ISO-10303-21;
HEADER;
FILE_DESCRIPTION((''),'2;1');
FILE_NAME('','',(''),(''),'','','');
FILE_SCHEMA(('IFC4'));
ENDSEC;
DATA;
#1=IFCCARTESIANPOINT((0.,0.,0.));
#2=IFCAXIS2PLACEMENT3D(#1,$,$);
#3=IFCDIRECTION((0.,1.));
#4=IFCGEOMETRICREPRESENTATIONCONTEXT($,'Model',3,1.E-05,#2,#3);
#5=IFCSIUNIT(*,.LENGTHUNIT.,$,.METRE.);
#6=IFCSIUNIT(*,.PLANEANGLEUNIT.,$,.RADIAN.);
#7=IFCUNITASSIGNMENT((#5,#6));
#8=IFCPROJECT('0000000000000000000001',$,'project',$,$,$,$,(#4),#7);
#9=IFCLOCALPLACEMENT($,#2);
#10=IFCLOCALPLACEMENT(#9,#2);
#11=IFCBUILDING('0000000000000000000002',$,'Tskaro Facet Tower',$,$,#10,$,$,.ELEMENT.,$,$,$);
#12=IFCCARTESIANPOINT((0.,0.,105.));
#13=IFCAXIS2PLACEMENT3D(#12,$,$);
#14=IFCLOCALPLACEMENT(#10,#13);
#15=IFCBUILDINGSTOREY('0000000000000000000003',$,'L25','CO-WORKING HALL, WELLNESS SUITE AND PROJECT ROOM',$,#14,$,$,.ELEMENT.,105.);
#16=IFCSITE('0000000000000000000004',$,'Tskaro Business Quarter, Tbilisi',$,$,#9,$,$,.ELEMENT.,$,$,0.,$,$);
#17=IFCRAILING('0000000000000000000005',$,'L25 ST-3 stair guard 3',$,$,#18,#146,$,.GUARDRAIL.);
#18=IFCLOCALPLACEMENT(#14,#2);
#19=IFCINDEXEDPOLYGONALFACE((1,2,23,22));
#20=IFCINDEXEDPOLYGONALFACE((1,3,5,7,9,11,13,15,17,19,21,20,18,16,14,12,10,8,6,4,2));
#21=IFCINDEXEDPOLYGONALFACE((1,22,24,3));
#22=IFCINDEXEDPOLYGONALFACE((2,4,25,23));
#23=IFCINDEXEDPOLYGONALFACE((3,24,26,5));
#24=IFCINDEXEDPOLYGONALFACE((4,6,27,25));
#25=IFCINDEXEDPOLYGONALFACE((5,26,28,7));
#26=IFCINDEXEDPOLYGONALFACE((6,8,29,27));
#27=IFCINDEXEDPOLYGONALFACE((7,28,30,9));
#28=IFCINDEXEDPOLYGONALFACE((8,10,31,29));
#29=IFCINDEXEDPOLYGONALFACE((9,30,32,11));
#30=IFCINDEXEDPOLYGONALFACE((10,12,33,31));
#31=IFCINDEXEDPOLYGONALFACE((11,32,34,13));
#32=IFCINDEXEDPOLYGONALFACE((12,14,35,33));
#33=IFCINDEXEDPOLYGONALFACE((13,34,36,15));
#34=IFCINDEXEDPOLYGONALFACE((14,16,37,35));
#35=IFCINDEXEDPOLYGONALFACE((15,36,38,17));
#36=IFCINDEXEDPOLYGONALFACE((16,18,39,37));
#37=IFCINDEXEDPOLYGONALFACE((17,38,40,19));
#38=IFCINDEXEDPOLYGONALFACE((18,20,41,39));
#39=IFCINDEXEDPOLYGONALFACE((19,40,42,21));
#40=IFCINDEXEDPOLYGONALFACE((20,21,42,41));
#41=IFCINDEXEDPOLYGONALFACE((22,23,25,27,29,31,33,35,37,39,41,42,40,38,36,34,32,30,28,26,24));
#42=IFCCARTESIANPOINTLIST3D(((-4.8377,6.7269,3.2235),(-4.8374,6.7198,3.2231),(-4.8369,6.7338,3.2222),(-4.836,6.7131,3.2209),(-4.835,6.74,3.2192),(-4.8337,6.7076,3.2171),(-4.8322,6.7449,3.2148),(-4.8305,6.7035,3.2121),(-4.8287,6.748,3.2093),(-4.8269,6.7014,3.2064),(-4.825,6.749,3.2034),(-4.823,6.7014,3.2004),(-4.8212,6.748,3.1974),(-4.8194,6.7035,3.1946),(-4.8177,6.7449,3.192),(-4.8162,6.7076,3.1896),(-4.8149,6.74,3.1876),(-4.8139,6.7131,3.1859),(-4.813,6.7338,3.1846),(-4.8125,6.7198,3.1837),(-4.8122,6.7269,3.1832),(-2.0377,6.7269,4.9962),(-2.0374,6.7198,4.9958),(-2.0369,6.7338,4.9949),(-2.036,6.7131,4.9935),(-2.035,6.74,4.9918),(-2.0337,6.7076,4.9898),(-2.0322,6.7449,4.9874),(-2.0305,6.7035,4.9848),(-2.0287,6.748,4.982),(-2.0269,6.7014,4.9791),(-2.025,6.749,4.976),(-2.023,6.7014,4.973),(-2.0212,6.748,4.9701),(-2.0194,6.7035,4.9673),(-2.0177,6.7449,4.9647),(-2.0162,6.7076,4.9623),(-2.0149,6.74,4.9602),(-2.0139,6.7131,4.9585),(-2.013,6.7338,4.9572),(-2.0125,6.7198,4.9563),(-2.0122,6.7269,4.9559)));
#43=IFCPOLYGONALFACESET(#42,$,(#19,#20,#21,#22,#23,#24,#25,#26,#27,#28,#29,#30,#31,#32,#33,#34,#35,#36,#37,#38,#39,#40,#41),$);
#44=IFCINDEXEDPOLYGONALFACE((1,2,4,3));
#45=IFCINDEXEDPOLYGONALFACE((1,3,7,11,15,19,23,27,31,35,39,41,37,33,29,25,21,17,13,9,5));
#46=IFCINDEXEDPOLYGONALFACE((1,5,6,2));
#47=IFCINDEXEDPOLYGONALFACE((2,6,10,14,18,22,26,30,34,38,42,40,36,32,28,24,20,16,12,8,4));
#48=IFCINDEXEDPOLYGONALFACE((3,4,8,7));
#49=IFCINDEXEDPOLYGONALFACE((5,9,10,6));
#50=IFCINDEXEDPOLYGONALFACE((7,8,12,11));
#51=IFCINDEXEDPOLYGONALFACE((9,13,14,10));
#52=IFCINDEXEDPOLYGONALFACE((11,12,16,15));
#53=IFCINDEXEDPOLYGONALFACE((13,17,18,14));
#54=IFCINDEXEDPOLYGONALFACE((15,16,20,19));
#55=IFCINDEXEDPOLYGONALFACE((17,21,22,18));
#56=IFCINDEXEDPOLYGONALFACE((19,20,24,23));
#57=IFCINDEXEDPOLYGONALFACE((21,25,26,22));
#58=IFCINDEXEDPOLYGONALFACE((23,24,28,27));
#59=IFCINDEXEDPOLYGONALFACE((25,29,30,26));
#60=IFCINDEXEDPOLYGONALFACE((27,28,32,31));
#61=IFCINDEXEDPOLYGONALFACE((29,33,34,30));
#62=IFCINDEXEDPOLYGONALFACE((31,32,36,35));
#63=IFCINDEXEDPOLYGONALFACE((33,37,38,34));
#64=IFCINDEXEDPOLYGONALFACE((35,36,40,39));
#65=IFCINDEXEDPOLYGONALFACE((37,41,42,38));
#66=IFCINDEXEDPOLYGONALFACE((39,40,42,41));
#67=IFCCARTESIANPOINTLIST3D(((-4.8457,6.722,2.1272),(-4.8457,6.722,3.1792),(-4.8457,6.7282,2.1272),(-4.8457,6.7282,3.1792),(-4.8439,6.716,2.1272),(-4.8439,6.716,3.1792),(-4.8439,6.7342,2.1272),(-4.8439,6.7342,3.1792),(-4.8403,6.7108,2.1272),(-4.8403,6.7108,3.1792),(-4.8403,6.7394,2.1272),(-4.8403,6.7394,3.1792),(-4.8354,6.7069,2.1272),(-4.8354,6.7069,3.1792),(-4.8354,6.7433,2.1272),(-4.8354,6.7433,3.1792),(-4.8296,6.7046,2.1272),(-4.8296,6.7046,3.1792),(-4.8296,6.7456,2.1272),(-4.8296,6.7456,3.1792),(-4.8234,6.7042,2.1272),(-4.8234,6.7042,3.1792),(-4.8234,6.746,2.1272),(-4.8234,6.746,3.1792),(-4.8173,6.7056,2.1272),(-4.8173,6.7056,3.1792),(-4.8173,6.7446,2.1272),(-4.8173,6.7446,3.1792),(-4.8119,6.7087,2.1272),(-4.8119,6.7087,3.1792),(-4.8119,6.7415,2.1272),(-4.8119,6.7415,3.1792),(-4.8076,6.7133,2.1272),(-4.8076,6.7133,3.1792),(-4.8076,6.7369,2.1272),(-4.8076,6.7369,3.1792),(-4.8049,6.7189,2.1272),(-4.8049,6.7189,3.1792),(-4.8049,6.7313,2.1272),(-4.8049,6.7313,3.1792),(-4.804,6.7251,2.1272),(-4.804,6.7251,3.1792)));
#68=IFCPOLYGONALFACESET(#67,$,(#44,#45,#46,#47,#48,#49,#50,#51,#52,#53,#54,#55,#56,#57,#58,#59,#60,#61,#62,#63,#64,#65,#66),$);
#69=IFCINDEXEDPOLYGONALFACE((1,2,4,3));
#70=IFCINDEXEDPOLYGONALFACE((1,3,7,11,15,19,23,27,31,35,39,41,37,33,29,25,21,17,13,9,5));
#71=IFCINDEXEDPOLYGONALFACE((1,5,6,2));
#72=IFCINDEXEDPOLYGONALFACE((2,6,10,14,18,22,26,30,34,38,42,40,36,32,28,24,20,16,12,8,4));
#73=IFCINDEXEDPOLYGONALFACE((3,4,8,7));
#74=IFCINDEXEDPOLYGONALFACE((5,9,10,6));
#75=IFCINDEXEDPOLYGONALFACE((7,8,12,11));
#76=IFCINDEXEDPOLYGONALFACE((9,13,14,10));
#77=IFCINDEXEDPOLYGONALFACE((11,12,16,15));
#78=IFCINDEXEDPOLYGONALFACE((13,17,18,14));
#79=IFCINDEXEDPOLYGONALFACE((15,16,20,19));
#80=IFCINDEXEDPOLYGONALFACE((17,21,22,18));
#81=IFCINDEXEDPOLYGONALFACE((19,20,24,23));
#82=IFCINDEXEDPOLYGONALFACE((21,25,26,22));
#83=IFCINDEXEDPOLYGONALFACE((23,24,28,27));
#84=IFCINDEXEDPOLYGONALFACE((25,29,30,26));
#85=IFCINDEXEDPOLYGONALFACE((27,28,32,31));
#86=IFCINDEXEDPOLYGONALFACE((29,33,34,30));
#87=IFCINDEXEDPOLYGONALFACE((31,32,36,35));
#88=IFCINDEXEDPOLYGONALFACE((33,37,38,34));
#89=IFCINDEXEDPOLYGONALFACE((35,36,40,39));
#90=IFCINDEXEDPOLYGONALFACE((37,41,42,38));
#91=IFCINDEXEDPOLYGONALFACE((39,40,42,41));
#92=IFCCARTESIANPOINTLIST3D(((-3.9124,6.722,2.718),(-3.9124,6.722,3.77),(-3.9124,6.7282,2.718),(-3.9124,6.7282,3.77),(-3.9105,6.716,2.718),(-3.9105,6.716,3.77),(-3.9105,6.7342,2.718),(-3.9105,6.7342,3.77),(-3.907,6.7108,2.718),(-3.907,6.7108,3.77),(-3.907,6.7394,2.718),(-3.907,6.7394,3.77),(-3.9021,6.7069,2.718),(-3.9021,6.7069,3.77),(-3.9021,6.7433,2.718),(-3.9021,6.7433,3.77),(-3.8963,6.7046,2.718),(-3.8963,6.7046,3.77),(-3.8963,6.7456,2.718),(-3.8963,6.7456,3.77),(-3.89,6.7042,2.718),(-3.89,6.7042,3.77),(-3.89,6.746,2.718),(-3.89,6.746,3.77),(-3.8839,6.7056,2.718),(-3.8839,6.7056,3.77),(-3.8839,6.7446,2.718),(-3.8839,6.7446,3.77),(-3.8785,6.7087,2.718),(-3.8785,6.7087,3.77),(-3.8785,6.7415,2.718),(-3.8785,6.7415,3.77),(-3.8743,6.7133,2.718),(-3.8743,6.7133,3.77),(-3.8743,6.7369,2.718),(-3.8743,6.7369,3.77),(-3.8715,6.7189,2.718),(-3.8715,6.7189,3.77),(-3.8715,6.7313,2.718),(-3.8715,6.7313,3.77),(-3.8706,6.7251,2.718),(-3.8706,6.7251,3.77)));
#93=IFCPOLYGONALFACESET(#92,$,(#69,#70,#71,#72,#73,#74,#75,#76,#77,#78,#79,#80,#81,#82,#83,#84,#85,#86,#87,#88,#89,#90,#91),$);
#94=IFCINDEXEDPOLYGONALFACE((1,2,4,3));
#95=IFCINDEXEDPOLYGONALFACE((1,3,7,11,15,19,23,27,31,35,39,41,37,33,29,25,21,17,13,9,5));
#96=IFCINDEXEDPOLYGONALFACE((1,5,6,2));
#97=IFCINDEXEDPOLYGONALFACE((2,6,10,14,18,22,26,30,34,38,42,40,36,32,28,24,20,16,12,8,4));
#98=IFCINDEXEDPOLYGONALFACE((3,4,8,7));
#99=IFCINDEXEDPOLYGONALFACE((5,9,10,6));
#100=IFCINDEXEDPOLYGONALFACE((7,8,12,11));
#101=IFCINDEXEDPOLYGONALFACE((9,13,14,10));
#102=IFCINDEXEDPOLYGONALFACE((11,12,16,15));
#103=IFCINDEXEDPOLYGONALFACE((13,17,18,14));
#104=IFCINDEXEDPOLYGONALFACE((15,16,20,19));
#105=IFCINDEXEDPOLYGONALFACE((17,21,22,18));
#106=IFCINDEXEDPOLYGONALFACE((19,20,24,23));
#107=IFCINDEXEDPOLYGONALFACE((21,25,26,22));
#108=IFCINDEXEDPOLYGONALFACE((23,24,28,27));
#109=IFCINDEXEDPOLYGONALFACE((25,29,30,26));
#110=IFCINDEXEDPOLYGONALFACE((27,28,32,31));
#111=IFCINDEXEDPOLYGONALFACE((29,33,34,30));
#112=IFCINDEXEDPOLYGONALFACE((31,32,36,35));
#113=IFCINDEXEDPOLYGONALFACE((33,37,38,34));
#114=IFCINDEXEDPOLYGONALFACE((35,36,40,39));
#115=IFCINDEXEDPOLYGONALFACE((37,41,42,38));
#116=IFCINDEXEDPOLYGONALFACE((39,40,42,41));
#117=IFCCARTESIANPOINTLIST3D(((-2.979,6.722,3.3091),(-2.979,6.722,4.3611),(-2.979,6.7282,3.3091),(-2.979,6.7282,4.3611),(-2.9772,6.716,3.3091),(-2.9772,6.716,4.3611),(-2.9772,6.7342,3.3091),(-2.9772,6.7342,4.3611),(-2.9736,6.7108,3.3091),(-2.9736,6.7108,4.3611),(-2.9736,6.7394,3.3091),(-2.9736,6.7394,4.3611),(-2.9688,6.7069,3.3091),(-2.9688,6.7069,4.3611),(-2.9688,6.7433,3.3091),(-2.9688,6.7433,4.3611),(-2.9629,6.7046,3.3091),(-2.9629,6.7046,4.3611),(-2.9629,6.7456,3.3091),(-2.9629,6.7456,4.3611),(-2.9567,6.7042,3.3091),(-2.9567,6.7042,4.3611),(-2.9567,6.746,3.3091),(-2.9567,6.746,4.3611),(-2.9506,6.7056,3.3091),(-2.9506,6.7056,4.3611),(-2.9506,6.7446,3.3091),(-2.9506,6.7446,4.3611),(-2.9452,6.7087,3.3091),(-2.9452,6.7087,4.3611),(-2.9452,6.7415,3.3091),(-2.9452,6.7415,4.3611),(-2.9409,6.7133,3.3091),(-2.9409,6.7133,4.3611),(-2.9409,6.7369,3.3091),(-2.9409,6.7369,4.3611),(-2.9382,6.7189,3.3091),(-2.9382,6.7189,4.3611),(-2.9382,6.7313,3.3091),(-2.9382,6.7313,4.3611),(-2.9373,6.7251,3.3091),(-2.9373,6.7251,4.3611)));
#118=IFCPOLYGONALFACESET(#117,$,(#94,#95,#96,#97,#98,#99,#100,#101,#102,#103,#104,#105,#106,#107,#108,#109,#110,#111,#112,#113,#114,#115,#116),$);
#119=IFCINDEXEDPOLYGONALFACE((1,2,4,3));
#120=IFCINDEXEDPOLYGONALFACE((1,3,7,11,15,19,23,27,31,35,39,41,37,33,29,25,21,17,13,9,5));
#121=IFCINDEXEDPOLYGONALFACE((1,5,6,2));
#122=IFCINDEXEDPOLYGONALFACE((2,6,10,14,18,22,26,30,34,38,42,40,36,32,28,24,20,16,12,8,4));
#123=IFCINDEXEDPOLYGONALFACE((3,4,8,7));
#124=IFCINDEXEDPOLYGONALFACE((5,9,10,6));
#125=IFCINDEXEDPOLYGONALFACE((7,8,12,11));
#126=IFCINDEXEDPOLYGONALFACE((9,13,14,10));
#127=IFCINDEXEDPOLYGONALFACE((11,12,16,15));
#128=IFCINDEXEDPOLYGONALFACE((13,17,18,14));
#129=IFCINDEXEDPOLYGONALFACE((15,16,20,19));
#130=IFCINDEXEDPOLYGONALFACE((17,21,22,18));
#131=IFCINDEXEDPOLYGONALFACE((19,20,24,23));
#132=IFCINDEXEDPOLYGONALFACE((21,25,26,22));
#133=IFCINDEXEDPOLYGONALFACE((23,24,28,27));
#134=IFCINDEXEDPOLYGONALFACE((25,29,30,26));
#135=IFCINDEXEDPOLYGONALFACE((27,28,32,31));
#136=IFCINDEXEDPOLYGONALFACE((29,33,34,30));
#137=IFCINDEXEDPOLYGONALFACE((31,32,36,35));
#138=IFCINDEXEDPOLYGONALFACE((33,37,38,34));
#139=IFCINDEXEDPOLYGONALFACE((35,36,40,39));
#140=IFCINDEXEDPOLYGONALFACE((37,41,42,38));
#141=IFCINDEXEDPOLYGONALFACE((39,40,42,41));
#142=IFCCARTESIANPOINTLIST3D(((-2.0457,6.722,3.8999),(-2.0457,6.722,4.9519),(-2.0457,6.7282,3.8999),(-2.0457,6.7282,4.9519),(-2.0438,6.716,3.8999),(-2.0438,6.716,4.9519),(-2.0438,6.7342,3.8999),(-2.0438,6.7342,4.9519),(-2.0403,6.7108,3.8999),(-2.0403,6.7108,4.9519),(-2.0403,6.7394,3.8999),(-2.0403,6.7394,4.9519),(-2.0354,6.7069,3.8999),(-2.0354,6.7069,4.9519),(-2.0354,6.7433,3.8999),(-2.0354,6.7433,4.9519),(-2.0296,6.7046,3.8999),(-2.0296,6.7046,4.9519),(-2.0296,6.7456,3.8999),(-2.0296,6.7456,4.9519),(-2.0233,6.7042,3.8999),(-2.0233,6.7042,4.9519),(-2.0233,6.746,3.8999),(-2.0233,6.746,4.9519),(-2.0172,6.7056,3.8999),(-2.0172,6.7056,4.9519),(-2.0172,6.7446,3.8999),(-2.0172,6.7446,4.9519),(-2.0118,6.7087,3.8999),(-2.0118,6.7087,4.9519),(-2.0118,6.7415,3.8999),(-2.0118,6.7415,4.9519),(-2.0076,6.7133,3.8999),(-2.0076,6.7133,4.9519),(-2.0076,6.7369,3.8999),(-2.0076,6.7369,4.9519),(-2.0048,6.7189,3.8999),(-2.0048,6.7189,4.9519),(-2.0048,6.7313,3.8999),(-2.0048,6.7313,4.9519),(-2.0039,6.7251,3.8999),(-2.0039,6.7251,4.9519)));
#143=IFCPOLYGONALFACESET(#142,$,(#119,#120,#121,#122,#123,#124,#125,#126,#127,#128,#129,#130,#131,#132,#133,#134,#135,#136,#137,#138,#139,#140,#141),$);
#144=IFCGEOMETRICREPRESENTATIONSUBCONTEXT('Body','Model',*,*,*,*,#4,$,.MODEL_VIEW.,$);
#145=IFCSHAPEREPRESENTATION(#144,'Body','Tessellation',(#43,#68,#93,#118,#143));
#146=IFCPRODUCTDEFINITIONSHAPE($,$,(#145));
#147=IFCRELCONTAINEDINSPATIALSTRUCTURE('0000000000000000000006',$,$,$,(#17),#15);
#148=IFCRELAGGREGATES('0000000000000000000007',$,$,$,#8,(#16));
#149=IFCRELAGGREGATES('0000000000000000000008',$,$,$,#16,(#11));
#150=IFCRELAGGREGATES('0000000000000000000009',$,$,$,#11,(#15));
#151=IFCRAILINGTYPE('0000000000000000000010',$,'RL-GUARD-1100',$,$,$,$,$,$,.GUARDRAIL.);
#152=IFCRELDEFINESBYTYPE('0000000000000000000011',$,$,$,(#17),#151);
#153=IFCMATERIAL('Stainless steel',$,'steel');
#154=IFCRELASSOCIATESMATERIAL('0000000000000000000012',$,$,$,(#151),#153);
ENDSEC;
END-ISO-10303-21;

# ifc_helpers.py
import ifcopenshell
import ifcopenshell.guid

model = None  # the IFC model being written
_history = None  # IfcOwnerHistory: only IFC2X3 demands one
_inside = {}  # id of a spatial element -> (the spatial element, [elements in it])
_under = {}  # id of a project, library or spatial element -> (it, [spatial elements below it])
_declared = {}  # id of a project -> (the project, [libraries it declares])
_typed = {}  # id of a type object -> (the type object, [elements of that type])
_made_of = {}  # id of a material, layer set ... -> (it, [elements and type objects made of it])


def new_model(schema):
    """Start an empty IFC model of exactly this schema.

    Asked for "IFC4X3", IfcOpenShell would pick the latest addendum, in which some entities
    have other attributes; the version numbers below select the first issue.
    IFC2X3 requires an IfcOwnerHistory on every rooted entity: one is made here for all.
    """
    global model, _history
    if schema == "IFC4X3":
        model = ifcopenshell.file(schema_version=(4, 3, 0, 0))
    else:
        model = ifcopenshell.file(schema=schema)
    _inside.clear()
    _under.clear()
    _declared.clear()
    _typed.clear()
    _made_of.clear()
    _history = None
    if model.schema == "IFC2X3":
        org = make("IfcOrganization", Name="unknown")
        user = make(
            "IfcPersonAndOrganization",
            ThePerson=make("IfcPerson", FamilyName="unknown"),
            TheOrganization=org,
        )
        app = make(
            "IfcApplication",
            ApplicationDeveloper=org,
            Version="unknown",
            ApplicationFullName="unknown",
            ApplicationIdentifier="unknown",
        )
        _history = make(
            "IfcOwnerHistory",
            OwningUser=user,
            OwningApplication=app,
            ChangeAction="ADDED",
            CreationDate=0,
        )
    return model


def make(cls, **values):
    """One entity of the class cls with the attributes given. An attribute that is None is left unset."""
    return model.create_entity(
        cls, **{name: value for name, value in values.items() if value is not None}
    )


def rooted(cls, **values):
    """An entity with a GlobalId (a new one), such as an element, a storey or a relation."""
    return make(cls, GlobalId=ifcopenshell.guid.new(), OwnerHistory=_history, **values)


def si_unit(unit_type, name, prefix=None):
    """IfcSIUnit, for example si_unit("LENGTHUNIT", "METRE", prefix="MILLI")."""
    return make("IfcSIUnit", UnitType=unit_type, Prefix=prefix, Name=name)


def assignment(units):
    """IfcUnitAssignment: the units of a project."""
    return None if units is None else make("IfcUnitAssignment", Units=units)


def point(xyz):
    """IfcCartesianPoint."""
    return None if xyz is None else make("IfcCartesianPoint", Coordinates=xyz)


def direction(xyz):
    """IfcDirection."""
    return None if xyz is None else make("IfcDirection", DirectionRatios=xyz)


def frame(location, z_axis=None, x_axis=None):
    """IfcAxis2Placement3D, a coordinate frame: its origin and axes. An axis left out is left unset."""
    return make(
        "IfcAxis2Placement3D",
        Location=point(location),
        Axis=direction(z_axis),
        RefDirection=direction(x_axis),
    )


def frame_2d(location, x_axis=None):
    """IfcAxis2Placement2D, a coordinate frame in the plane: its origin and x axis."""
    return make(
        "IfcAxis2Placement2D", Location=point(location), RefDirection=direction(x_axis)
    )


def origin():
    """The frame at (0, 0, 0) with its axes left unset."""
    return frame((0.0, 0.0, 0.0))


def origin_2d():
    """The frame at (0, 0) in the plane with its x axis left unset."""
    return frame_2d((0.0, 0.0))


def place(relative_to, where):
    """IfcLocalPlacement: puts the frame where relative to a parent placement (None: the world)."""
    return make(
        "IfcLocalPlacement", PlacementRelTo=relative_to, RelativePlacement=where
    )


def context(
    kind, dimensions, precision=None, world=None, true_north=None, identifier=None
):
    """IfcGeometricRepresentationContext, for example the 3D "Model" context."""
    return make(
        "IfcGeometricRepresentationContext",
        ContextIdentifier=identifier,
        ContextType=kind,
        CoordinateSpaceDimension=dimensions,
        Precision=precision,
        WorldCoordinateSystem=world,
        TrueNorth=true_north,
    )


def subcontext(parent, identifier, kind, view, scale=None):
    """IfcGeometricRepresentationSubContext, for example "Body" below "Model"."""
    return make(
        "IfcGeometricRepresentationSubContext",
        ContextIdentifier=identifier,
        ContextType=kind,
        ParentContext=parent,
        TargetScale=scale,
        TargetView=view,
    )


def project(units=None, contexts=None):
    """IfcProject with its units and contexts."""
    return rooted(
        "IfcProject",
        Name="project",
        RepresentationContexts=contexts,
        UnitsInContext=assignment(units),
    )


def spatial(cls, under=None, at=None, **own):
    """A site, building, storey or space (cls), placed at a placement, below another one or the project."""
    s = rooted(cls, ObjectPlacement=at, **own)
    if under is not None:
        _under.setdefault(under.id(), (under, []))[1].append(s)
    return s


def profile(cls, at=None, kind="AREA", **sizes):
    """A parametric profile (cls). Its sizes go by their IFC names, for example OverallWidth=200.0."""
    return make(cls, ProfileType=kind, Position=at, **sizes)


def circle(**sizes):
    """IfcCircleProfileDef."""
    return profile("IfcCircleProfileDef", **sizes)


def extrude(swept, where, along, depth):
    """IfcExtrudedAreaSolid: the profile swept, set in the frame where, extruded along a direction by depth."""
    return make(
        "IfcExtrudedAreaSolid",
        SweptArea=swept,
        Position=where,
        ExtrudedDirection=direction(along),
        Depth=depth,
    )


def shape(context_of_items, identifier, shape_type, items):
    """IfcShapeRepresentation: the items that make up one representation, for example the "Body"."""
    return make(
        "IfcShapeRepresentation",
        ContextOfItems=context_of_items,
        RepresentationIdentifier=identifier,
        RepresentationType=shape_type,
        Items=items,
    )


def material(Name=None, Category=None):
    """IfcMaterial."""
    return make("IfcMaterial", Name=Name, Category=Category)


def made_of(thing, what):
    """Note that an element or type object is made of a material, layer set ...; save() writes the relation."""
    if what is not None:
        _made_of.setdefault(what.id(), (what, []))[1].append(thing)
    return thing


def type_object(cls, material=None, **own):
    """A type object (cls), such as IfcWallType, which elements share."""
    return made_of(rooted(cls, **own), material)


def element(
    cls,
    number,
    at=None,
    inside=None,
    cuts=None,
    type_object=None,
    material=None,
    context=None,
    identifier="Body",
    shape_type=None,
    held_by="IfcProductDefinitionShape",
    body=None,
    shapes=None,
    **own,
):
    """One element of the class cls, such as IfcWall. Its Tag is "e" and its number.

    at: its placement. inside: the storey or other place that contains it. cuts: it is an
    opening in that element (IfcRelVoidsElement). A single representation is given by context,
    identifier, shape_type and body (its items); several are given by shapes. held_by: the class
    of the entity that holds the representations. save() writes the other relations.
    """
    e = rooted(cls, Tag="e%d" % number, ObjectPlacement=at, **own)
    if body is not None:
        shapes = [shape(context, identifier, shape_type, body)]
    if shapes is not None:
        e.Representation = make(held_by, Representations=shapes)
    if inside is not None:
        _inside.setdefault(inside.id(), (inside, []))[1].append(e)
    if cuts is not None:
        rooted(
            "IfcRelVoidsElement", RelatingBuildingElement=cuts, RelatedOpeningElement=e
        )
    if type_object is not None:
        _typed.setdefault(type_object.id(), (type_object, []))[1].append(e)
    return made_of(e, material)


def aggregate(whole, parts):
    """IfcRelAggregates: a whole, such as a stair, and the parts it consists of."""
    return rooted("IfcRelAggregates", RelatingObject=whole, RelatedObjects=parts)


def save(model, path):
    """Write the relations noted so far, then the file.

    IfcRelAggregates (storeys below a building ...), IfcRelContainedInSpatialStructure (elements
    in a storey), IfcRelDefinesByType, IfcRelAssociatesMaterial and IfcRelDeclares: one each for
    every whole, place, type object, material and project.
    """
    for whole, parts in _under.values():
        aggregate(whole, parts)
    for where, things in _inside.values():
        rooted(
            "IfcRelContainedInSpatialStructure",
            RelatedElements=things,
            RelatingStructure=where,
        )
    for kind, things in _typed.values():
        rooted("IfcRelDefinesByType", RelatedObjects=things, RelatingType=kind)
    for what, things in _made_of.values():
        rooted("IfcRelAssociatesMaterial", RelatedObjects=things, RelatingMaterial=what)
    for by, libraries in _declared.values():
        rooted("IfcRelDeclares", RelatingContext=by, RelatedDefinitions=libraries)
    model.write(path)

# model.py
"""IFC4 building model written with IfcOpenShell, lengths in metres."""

from ifc_helpers import new_model, si_unit, direction, frame, origin, origin_2d, place, context, subcontext, project, spatial, circle, extrude, material, type_object, element, save


model = new_model("IFC4")

# Units and contexts
model_context = context("Model", 3, precision=1e-05, world=origin(), true_north=direction((0.0, 1.0)))
body_context = subcontext(model_context, "Body", "Model", "MODEL_VIEW")
ifc_project = project(units=[si_unit("LENGTHUNIT", "METRE"), si_unit("PLANEANGLEUNIT", "RADIAN")], contexts=[model_context])

# Site, building, storey
site_placement = place(None, origin())
site = spatial("IfcSite", under=ifc_project, at=site_placement, Name="Tskaro Business Quarter, Tbilisi", CompositionType="ELEMENT", RefElevation=0.0)
building_placement = place(site_placement, origin())
building = spatial("IfcBuilding", under=site, at=building_placement, Name="Tskaro Facet Tower", CompositionType="ELEMENT")
storey_placement = place(building_placement, frame((0.0, 0.0, 105.0)))
storey = spatial("IfcBuildingStorey", under=building, at=storey_placement, Name="L25", Description="CO-WORKING HALL, WELLNESS SUITE AND PROJECT ROOM", CompositionType="ELEMENT", Elevation=105.0)

# Railing
ifc_material_1 = material(Name="Stainless steel", Category="steel")
railing_type_1 = type_object("IfcRailingType", Name="RL-GUARD-1100", PredefinedType="GUARDRAIL", material=ifc_material_1)
railing_1_placement = place(storey_placement, frame((-4.825, 6.7251, 2.1272)))
element("IfcRailing", 1, at=railing_1_placement, inside=storey, type_object=railing_type_1, Name="L25 ST-3 stair guard 3", PredefinedType="GUARDRAIL", context=body_context, shape_type="SweptSolid", body=[
    extrude(circle(Radius=0.0239, at=origin_2d()), frame((0.0, 0.0, 1.0762), z_axis=(0.844909, 0.0, 0.53491), x_axis=(0.0, 1.0, 0.0)), (0.0, 0.0, 1.0), 3.314),
    extrude(circle(Radius=0.021, at=origin_2d()), origin(), (0.0, 0.0, 1.0), 1.052),
    extrude(circle(Radius=0.021, at=origin_2d()), frame((0.9333, 0.0, 0.5908)), (0.0, 0.0, 1.0), 1.052),
    extrude(circle(Radius=0.021, at=origin_2d()), frame((1.8667, 0.0, 1.1819)), (0.0, 0.0, 1.0), 1.052),
    extrude(circle(Radius=0.021, at=origin_2d()), frame((2.8, 0.0, 1.7727)), (0.0, 0.0, 1.0), 1.052),
])

save(model, "model.ifc")
